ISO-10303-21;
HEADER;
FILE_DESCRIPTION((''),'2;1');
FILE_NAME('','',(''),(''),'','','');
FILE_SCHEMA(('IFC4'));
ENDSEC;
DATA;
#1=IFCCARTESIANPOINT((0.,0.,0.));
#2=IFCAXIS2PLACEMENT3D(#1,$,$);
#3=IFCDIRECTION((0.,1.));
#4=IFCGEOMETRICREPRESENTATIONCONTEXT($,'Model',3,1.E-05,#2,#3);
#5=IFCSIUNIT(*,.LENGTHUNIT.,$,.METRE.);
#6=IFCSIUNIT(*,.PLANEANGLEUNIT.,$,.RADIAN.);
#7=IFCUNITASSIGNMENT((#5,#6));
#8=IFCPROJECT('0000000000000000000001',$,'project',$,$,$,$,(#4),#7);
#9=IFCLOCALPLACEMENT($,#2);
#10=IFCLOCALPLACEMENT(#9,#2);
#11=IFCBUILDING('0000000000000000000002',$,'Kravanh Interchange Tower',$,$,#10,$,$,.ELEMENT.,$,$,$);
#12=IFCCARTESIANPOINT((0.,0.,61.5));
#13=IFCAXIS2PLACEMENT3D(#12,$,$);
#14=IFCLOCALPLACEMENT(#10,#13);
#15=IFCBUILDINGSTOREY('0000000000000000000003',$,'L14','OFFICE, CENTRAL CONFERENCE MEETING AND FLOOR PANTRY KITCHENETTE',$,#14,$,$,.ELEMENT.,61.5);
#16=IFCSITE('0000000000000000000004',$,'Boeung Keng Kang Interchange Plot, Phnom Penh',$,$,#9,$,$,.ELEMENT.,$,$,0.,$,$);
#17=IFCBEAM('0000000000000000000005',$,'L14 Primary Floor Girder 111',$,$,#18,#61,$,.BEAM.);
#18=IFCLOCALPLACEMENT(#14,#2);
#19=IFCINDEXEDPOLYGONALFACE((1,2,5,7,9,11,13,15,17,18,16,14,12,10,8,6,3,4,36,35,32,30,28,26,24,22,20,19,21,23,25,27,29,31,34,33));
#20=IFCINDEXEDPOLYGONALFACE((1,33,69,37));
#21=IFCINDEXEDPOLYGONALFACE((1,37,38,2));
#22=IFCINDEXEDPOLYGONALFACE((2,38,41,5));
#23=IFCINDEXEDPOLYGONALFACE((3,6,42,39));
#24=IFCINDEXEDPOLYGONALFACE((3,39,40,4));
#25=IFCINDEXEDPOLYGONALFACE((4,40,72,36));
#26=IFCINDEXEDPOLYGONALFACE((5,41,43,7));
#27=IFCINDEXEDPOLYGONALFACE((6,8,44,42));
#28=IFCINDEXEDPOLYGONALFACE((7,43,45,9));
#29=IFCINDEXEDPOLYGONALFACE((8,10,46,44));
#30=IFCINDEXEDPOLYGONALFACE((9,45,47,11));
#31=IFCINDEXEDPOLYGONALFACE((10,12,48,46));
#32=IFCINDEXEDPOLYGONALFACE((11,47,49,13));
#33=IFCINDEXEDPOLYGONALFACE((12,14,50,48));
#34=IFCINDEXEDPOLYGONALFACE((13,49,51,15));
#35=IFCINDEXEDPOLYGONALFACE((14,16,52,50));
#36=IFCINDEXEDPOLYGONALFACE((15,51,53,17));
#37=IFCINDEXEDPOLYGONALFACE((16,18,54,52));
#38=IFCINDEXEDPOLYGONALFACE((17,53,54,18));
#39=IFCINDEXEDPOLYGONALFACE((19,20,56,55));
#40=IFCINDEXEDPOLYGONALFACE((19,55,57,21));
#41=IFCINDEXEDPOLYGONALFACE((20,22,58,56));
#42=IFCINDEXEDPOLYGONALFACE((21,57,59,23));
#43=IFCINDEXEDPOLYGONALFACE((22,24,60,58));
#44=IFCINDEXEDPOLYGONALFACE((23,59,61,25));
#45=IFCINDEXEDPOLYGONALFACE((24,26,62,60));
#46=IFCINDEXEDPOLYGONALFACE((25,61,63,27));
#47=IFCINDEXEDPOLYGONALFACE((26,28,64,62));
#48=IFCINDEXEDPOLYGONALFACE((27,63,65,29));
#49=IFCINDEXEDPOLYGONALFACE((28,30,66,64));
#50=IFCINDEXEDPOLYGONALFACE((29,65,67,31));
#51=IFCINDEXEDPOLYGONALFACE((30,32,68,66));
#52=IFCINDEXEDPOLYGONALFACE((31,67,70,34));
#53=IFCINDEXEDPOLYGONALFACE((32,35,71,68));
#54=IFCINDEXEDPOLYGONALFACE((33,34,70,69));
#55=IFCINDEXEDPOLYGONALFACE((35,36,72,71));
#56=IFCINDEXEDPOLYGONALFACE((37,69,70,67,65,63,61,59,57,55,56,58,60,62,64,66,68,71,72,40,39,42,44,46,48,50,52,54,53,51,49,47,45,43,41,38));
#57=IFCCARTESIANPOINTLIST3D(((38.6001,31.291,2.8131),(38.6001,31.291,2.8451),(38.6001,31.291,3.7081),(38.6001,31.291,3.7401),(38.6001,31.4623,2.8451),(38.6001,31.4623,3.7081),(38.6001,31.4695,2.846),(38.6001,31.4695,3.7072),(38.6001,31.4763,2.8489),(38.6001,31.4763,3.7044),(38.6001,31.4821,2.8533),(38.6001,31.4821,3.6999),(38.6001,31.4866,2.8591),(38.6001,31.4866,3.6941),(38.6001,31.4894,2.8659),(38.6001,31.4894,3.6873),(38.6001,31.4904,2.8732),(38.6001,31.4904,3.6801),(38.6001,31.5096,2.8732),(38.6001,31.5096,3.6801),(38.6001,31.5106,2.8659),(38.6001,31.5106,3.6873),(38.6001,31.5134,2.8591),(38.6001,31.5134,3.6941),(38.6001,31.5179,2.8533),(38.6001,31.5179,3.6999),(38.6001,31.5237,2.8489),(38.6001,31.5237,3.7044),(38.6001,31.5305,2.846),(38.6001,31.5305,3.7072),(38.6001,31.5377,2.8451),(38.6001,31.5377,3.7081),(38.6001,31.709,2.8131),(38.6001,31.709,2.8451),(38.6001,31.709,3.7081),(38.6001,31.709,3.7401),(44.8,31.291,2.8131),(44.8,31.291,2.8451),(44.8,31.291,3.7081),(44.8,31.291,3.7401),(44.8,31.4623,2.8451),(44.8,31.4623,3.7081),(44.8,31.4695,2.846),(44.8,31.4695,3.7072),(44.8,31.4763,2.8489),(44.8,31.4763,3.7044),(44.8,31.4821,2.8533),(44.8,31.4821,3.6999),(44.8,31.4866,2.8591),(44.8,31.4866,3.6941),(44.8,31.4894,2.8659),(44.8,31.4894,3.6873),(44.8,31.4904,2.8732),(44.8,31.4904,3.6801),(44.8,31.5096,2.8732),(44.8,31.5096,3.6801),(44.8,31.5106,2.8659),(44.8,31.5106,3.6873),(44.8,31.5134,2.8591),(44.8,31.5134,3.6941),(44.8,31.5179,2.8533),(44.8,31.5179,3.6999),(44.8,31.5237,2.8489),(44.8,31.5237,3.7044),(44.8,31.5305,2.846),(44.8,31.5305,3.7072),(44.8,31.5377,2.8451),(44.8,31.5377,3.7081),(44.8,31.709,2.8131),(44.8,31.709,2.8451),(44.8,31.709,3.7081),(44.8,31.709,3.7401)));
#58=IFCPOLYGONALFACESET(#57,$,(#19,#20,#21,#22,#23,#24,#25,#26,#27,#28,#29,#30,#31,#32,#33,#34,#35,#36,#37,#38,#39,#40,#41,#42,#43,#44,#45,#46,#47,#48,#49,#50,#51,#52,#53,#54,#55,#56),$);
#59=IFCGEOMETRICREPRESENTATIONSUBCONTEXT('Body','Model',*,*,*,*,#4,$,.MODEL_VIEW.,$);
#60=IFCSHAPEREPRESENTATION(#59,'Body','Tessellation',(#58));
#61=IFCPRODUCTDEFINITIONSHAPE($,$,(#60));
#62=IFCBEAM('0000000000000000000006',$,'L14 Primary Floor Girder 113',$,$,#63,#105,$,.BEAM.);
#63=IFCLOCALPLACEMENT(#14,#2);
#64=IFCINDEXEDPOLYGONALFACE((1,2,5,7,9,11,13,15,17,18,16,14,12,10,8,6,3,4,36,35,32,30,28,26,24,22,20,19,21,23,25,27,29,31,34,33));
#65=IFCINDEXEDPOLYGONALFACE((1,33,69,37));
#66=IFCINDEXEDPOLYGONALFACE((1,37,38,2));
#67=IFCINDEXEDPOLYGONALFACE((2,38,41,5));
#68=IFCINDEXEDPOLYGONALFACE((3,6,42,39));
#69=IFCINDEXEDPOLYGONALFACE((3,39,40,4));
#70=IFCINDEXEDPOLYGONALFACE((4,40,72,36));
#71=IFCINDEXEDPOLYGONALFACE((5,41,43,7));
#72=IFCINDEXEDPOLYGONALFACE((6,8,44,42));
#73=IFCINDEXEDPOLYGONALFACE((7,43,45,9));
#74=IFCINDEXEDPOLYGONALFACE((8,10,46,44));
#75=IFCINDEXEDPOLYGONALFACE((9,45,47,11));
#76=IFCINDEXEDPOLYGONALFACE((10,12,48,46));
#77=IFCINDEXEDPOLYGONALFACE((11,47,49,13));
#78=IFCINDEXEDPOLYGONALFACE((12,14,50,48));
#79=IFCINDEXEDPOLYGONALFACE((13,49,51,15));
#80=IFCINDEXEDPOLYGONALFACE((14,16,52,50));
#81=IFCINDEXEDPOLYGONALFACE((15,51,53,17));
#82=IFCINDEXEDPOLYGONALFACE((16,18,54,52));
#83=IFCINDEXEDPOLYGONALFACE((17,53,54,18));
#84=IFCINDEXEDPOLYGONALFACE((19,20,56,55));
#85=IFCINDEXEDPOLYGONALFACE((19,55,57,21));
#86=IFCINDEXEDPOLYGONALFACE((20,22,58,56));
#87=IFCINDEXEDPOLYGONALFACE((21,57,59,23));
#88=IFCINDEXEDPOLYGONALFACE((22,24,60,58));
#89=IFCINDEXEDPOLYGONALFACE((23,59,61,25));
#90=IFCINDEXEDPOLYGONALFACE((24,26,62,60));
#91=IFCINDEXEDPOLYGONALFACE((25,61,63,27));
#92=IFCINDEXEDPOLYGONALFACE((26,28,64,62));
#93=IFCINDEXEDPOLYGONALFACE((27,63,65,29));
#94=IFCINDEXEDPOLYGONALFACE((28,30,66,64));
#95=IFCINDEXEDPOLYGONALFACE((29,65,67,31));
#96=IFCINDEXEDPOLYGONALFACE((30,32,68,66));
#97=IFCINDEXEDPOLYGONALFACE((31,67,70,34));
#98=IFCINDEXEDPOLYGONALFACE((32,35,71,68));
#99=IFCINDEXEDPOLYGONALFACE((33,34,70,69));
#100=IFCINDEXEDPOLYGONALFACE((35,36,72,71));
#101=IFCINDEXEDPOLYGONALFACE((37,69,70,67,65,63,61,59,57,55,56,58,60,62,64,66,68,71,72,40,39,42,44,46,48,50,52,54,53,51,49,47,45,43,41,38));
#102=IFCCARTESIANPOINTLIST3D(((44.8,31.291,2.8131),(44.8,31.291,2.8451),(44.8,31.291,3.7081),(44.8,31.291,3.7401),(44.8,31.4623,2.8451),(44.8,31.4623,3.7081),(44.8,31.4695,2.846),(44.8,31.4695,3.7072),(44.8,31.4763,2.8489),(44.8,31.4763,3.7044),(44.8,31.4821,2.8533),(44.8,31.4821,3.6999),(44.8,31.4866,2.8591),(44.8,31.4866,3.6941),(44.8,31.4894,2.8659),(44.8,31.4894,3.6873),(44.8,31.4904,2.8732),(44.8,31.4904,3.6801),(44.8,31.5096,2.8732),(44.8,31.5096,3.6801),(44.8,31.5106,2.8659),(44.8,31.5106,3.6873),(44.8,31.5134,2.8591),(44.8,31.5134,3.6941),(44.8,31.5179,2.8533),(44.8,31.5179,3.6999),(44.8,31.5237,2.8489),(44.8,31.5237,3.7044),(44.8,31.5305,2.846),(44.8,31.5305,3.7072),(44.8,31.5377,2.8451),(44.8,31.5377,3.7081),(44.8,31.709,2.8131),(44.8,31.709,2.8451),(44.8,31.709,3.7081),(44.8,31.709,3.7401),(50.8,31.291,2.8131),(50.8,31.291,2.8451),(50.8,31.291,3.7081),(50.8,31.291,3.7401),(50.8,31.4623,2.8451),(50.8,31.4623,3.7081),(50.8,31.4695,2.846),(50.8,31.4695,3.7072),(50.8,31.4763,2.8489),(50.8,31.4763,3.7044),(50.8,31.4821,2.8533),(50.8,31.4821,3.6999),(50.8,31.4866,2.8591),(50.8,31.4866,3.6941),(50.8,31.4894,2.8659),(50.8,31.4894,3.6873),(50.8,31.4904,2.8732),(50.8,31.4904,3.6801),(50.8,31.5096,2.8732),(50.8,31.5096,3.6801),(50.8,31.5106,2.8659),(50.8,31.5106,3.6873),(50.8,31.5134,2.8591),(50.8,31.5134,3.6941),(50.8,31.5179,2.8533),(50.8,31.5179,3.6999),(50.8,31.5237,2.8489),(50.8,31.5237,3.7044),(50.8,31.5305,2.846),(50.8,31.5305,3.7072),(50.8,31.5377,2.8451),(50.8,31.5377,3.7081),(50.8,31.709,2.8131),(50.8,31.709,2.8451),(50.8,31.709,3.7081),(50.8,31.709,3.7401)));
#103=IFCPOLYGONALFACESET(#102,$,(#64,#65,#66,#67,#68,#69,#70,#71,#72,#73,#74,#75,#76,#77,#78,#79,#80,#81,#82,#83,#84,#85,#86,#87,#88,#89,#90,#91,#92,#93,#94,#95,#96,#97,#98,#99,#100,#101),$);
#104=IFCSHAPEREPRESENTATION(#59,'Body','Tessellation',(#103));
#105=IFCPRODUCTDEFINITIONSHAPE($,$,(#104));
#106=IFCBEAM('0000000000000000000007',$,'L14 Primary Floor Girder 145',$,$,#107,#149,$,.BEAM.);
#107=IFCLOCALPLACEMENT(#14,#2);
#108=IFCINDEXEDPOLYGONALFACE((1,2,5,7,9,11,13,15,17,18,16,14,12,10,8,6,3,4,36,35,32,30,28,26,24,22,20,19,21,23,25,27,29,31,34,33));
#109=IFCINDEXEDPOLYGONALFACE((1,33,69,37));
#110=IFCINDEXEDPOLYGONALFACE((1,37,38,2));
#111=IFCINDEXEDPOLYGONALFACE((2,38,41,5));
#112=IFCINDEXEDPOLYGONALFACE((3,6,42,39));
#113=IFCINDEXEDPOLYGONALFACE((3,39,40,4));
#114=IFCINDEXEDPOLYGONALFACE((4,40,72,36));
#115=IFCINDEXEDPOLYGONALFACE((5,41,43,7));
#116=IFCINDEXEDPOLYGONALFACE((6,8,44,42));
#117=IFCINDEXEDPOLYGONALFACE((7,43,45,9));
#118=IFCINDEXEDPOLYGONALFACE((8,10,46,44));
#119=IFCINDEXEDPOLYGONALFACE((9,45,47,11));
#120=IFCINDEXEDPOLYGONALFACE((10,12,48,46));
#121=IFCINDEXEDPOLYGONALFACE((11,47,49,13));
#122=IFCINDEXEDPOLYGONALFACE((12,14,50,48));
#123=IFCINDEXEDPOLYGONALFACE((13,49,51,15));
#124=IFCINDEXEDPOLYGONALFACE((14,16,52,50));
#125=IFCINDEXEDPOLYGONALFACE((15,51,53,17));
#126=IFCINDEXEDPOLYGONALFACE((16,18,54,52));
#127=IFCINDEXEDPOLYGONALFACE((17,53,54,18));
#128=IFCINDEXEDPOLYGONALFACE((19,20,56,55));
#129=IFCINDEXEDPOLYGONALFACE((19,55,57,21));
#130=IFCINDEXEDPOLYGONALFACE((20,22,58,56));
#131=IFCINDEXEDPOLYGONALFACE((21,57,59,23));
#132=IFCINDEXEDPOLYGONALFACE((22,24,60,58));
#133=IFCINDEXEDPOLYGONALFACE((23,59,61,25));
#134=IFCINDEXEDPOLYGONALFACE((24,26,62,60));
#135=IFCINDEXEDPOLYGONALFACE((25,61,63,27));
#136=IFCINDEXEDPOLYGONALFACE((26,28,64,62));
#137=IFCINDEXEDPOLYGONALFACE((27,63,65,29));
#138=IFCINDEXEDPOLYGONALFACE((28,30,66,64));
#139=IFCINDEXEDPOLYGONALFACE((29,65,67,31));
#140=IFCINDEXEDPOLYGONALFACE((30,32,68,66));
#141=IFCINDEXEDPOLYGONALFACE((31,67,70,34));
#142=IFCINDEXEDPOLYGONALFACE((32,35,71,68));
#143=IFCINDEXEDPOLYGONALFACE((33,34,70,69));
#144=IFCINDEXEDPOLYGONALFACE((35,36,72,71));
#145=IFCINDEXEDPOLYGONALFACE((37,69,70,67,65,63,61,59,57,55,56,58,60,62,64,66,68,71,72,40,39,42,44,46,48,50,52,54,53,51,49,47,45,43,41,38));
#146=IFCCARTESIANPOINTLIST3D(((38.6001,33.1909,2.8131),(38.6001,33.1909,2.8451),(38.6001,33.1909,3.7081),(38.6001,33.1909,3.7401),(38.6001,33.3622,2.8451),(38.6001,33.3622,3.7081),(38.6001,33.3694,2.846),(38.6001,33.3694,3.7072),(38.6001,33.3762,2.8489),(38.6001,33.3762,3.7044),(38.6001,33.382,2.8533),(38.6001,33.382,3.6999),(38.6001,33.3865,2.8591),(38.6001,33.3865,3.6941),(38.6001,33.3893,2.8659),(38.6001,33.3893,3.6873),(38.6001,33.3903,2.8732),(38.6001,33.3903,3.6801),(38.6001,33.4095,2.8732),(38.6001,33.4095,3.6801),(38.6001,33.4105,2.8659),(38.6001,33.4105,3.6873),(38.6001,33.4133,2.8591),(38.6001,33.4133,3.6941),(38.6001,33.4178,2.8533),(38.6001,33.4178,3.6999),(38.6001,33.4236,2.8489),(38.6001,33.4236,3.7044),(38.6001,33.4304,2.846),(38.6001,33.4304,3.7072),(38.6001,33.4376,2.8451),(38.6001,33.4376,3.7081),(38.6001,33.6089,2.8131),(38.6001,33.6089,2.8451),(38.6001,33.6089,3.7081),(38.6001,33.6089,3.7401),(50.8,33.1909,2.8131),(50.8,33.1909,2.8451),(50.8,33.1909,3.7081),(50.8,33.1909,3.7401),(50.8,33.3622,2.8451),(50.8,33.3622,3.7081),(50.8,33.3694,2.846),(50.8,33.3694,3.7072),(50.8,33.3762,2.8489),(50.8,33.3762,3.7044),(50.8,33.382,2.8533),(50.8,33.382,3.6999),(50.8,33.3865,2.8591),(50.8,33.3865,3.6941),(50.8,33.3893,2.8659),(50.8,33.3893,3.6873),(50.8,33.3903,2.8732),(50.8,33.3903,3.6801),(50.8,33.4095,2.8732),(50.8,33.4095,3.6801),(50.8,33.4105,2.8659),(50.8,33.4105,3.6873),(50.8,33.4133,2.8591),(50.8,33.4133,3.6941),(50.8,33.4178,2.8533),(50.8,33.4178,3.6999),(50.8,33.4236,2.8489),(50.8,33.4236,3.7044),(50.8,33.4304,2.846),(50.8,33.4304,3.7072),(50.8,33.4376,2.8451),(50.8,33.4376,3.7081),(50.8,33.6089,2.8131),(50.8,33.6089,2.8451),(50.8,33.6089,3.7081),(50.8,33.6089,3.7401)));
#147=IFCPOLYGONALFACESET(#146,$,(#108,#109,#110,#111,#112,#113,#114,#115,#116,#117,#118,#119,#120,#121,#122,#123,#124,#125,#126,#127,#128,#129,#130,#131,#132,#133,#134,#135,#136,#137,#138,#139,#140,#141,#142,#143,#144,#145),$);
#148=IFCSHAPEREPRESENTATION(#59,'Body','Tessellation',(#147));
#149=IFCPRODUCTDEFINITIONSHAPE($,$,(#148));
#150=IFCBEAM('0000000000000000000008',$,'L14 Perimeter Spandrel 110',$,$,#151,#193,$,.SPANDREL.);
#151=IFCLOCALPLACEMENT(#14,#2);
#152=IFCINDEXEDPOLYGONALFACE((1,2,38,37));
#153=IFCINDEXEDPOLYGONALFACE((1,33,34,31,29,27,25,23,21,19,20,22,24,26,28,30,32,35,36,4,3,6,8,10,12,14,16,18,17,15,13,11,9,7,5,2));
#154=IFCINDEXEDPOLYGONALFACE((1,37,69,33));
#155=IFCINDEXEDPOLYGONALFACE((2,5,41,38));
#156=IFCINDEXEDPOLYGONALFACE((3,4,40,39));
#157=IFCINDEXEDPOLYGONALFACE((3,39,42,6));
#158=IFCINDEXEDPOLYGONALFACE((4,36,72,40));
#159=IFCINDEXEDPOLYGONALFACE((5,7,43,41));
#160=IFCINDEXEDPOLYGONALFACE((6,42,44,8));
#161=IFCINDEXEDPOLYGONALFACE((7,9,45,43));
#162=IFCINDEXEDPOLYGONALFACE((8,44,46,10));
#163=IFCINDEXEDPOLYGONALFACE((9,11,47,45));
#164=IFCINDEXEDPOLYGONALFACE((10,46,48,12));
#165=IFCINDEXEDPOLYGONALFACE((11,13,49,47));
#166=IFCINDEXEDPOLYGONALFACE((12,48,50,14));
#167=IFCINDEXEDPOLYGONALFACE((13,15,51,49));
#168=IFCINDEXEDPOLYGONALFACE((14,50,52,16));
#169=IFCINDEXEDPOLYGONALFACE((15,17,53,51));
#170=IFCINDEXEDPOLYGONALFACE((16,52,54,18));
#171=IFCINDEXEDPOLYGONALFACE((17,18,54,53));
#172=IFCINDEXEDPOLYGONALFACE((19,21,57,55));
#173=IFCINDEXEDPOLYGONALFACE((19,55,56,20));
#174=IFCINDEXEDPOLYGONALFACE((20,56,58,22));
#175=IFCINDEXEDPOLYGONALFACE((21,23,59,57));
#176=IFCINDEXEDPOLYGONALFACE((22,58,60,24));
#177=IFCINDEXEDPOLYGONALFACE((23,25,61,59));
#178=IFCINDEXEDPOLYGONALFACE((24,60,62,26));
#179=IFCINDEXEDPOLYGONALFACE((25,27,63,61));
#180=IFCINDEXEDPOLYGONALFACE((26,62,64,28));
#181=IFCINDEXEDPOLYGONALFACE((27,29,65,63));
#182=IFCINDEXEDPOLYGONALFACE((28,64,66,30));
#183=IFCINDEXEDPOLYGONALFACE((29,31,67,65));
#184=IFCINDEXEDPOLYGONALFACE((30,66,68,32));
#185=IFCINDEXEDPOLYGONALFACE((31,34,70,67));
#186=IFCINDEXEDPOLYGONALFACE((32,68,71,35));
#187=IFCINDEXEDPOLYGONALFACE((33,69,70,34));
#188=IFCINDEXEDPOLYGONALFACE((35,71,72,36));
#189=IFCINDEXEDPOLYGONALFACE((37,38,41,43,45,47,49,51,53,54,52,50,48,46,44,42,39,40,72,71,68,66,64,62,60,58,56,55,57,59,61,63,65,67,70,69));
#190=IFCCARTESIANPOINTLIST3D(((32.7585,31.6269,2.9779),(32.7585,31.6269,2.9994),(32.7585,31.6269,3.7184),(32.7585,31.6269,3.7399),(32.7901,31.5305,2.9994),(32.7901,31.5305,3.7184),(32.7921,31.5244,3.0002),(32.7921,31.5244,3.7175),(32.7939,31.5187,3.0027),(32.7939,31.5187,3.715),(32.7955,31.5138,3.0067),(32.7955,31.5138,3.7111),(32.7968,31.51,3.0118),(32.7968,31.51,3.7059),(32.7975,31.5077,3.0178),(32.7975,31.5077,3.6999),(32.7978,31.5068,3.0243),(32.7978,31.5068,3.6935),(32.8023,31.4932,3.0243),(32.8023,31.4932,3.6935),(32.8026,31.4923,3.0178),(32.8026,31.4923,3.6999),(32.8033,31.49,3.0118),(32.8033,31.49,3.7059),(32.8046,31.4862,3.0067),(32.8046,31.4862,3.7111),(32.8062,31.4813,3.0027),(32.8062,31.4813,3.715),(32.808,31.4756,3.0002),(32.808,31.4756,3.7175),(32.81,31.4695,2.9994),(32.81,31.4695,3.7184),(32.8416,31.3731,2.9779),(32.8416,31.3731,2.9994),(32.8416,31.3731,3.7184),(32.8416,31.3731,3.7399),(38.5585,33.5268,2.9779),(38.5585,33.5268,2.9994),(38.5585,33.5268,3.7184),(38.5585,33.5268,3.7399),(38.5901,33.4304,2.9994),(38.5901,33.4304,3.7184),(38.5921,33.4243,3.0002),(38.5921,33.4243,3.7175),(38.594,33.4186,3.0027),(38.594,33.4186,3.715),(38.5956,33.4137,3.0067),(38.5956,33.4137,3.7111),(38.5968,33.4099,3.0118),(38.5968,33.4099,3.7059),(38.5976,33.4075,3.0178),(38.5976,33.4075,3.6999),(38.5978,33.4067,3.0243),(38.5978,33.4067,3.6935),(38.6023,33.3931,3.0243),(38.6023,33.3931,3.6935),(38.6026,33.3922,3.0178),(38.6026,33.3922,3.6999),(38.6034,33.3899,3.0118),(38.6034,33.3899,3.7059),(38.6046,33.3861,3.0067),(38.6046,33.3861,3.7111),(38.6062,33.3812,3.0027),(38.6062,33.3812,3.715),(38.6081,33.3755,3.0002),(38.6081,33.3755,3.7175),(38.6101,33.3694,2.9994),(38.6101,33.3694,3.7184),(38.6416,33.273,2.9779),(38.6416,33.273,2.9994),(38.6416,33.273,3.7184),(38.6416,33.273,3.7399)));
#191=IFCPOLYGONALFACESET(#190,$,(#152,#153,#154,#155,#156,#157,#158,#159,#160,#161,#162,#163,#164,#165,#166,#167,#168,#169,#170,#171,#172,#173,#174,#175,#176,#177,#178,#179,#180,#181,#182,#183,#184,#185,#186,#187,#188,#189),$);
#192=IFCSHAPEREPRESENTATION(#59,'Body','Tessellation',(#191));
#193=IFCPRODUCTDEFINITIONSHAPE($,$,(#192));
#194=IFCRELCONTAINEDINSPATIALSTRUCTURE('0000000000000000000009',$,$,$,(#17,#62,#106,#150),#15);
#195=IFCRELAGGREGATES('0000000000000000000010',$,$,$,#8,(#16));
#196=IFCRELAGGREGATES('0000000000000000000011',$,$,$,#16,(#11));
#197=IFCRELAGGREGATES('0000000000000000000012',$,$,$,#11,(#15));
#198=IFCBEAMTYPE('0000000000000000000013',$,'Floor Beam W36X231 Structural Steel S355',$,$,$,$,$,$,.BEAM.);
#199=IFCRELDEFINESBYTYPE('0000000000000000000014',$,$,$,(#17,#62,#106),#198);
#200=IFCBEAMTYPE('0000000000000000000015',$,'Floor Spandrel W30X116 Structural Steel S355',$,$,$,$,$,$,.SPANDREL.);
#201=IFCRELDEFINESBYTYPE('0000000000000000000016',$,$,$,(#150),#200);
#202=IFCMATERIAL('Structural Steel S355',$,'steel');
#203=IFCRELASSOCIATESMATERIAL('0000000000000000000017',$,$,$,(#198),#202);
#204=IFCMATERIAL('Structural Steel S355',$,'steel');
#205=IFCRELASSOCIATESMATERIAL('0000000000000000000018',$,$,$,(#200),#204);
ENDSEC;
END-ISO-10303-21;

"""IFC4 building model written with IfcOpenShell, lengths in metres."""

from ifc_helpers import new_model, si_unit, direction, frame, origin, origin_2d, place, context, subcontext, project, spatial, i_section, extrude, material, material_profile, profile_set, type_object, element, save


model = new_model("IFC4")

# Units and contexts
model_context = context("Model", 3, precision=1e-05, world=origin(), true_north=direction((0.0, 1.0)))
body_context = subcontext(model_context, "Body", "Model", "MODEL_VIEW")
ifc_project = project(units=[si_unit("LENGTHUNIT", "METRE"), si_unit("PLANEANGLEUNIT", "RADIAN")], contexts=[model_context])

# Site, building, storey
site_placement = place(None, origin())
site = spatial("IfcSite", under=ifc_project, at=site_placement, Name="Boeung Keng Kang Interchange Plot, Phnom Penh", CompositionType="ELEMENT", RefElevation=0.0)
building_placement = place(site_placement, origin())
building = spatial("IfcBuilding", under=site, at=building_placement, Name="Kravanh Interchange Tower", CompositionType="ELEMENT")
storey_placement = place(building_placement, frame((0.0, 0.0, 61.5)))
storey = spatial("IfcBuildingStorey", under=building, at=storey_placement, Name="L14", Description="OFFICE, CENTRAL CONFERENCE MEETING AND FLOOR PANTRY KITCHENETTE", CompositionType="ELEMENT", Elevation=61.5)

# Beams
ifc_material_1 = material(Name="Structural Steel S355", Category="steel")
ifc_material_profile_1 = material_profile(ifc_material_1, i_section(OverallWidth=0.418, OverallDepth=0.927, WebThickness=0.0193, FlangeThickness=0.032, FilletRadius=0.0281, at=origin_2d()), Name="W36X231")
ifc_profile_set_1 = profile_set([ifc_material_profile_1], Name="Structural Steel S355")
beam_type_1 = type_object("IfcBeamType", Name="Floor Beam W36X231 Structural Steel S355", PredefinedType="BEAM", material=ifc_profile_set_1)
beam_1_placement = place(storey_placement, frame((38.6001, 31.5, 3.2766), z_axis=(1.0, 0.0, 0.0), x_axis=(0.0, 1.0, 0.0)))
element("IfcBeam", 1, at=beam_1_placement, inside=storey, type_object=beam_type_1, Name="L14 Primary Floor Girder 111", PredefinedType="BEAM", context=body_context, shape_type="SweptSolid", body=[
    extrude(i_section(OverallWidth=0.418, OverallDepth=0.927, WebThickness=0.0193, FlangeThickness=0.032, FilletRadius=0.0281, at=origin_2d()), origin(), (0.0, 0.0, 1.0), 6.2),
])
beam_2_placement = place(storey_placement, frame((44.8, 31.5, 3.2766), z_axis=(1.0, 0.0, 0.0), x_axis=(0.0, 1.0, 0.0)))
element("IfcBeam", 2, at=beam_2_placement, inside=storey, type_object=beam_type_1, Name="L14 Primary Floor Girder 113", PredefinedType="BEAM", context=body_context, shape_type="SweptSolid", body=[
    extrude(i_section(OverallWidth=0.418, OverallDepth=0.927, WebThickness=0.0193, FlangeThickness=0.032, FilletRadius=0.0281, at=origin_2d()), origin(), (0.0, 0.0, 1.0), 6.0),
])
beam_3_placement = place(storey_placement, frame((38.6001, 33.3999, 3.2766), z_axis=(1.0, 0.0, 0.0), x_axis=(0.0, 1.0, 0.0)))
element("IfcBeam", 3, at=beam_3_placement, inside=storey, type_object=beam_type_1, Name="L14 Primary Floor Girder 145", PredefinedType="BEAM", context=body_context, shape_type="SweptSolid", body=[
    extrude(i_section(OverallWidth=0.418, OverallDepth=0.927, WebThickness=0.0193, FlangeThickness=0.032, FilletRadius=0.0281, at=origin_2d()), origin(), (0.0, 0.0, 1.0), 12.2),
])
ifc_material_2 = material(Name="Structural Steel S355", Category="steel")
ifc_material_profile_2 = material_profile(ifc_material_2, i_section(OverallWidth=0.2671, OverallDepth=0.762, WebThickness=0.0144, FlangeThickness=0.0215, FilletRadius=0.0249, at=origin_2d()), Name="W30X116")
ifc_profile_set_2 = profile_set([ifc_material_profile_2], Name="Structural Steel S355")
beam_type_2 = type_object("IfcBeamType", Name="Floor Spandrel W30X116 Structural Steel S355", PredefinedType="SPANDREL", material=ifc_profile_set_2)
beam_4_placement = place(storey_placement, frame((32.8, 31.5, 3.3589), z_axis=(0.950315, 0.311291, 0.0), x_axis=(-0.311291, 0.950315, 0.0)))
element("IfcBeam", 4, at=beam_4_placement, inside=storey, type_object=beam_type_2, Name="L14 Perimeter Spandrel 110", PredefinedType="SPANDREL", context=body_context, shape_type="SweptSolid", body=[
    extrude(i_section(OverallWidth=0.2671, OverallDepth=0.762, WebThickness=0.0144, FlangeThickness=0.0215, FilletRadius=0.0249, at=origin_2d()), origin(), (0.0, 0.0, 1.0), 6.1033),
])

save(model, "model.ifc")
